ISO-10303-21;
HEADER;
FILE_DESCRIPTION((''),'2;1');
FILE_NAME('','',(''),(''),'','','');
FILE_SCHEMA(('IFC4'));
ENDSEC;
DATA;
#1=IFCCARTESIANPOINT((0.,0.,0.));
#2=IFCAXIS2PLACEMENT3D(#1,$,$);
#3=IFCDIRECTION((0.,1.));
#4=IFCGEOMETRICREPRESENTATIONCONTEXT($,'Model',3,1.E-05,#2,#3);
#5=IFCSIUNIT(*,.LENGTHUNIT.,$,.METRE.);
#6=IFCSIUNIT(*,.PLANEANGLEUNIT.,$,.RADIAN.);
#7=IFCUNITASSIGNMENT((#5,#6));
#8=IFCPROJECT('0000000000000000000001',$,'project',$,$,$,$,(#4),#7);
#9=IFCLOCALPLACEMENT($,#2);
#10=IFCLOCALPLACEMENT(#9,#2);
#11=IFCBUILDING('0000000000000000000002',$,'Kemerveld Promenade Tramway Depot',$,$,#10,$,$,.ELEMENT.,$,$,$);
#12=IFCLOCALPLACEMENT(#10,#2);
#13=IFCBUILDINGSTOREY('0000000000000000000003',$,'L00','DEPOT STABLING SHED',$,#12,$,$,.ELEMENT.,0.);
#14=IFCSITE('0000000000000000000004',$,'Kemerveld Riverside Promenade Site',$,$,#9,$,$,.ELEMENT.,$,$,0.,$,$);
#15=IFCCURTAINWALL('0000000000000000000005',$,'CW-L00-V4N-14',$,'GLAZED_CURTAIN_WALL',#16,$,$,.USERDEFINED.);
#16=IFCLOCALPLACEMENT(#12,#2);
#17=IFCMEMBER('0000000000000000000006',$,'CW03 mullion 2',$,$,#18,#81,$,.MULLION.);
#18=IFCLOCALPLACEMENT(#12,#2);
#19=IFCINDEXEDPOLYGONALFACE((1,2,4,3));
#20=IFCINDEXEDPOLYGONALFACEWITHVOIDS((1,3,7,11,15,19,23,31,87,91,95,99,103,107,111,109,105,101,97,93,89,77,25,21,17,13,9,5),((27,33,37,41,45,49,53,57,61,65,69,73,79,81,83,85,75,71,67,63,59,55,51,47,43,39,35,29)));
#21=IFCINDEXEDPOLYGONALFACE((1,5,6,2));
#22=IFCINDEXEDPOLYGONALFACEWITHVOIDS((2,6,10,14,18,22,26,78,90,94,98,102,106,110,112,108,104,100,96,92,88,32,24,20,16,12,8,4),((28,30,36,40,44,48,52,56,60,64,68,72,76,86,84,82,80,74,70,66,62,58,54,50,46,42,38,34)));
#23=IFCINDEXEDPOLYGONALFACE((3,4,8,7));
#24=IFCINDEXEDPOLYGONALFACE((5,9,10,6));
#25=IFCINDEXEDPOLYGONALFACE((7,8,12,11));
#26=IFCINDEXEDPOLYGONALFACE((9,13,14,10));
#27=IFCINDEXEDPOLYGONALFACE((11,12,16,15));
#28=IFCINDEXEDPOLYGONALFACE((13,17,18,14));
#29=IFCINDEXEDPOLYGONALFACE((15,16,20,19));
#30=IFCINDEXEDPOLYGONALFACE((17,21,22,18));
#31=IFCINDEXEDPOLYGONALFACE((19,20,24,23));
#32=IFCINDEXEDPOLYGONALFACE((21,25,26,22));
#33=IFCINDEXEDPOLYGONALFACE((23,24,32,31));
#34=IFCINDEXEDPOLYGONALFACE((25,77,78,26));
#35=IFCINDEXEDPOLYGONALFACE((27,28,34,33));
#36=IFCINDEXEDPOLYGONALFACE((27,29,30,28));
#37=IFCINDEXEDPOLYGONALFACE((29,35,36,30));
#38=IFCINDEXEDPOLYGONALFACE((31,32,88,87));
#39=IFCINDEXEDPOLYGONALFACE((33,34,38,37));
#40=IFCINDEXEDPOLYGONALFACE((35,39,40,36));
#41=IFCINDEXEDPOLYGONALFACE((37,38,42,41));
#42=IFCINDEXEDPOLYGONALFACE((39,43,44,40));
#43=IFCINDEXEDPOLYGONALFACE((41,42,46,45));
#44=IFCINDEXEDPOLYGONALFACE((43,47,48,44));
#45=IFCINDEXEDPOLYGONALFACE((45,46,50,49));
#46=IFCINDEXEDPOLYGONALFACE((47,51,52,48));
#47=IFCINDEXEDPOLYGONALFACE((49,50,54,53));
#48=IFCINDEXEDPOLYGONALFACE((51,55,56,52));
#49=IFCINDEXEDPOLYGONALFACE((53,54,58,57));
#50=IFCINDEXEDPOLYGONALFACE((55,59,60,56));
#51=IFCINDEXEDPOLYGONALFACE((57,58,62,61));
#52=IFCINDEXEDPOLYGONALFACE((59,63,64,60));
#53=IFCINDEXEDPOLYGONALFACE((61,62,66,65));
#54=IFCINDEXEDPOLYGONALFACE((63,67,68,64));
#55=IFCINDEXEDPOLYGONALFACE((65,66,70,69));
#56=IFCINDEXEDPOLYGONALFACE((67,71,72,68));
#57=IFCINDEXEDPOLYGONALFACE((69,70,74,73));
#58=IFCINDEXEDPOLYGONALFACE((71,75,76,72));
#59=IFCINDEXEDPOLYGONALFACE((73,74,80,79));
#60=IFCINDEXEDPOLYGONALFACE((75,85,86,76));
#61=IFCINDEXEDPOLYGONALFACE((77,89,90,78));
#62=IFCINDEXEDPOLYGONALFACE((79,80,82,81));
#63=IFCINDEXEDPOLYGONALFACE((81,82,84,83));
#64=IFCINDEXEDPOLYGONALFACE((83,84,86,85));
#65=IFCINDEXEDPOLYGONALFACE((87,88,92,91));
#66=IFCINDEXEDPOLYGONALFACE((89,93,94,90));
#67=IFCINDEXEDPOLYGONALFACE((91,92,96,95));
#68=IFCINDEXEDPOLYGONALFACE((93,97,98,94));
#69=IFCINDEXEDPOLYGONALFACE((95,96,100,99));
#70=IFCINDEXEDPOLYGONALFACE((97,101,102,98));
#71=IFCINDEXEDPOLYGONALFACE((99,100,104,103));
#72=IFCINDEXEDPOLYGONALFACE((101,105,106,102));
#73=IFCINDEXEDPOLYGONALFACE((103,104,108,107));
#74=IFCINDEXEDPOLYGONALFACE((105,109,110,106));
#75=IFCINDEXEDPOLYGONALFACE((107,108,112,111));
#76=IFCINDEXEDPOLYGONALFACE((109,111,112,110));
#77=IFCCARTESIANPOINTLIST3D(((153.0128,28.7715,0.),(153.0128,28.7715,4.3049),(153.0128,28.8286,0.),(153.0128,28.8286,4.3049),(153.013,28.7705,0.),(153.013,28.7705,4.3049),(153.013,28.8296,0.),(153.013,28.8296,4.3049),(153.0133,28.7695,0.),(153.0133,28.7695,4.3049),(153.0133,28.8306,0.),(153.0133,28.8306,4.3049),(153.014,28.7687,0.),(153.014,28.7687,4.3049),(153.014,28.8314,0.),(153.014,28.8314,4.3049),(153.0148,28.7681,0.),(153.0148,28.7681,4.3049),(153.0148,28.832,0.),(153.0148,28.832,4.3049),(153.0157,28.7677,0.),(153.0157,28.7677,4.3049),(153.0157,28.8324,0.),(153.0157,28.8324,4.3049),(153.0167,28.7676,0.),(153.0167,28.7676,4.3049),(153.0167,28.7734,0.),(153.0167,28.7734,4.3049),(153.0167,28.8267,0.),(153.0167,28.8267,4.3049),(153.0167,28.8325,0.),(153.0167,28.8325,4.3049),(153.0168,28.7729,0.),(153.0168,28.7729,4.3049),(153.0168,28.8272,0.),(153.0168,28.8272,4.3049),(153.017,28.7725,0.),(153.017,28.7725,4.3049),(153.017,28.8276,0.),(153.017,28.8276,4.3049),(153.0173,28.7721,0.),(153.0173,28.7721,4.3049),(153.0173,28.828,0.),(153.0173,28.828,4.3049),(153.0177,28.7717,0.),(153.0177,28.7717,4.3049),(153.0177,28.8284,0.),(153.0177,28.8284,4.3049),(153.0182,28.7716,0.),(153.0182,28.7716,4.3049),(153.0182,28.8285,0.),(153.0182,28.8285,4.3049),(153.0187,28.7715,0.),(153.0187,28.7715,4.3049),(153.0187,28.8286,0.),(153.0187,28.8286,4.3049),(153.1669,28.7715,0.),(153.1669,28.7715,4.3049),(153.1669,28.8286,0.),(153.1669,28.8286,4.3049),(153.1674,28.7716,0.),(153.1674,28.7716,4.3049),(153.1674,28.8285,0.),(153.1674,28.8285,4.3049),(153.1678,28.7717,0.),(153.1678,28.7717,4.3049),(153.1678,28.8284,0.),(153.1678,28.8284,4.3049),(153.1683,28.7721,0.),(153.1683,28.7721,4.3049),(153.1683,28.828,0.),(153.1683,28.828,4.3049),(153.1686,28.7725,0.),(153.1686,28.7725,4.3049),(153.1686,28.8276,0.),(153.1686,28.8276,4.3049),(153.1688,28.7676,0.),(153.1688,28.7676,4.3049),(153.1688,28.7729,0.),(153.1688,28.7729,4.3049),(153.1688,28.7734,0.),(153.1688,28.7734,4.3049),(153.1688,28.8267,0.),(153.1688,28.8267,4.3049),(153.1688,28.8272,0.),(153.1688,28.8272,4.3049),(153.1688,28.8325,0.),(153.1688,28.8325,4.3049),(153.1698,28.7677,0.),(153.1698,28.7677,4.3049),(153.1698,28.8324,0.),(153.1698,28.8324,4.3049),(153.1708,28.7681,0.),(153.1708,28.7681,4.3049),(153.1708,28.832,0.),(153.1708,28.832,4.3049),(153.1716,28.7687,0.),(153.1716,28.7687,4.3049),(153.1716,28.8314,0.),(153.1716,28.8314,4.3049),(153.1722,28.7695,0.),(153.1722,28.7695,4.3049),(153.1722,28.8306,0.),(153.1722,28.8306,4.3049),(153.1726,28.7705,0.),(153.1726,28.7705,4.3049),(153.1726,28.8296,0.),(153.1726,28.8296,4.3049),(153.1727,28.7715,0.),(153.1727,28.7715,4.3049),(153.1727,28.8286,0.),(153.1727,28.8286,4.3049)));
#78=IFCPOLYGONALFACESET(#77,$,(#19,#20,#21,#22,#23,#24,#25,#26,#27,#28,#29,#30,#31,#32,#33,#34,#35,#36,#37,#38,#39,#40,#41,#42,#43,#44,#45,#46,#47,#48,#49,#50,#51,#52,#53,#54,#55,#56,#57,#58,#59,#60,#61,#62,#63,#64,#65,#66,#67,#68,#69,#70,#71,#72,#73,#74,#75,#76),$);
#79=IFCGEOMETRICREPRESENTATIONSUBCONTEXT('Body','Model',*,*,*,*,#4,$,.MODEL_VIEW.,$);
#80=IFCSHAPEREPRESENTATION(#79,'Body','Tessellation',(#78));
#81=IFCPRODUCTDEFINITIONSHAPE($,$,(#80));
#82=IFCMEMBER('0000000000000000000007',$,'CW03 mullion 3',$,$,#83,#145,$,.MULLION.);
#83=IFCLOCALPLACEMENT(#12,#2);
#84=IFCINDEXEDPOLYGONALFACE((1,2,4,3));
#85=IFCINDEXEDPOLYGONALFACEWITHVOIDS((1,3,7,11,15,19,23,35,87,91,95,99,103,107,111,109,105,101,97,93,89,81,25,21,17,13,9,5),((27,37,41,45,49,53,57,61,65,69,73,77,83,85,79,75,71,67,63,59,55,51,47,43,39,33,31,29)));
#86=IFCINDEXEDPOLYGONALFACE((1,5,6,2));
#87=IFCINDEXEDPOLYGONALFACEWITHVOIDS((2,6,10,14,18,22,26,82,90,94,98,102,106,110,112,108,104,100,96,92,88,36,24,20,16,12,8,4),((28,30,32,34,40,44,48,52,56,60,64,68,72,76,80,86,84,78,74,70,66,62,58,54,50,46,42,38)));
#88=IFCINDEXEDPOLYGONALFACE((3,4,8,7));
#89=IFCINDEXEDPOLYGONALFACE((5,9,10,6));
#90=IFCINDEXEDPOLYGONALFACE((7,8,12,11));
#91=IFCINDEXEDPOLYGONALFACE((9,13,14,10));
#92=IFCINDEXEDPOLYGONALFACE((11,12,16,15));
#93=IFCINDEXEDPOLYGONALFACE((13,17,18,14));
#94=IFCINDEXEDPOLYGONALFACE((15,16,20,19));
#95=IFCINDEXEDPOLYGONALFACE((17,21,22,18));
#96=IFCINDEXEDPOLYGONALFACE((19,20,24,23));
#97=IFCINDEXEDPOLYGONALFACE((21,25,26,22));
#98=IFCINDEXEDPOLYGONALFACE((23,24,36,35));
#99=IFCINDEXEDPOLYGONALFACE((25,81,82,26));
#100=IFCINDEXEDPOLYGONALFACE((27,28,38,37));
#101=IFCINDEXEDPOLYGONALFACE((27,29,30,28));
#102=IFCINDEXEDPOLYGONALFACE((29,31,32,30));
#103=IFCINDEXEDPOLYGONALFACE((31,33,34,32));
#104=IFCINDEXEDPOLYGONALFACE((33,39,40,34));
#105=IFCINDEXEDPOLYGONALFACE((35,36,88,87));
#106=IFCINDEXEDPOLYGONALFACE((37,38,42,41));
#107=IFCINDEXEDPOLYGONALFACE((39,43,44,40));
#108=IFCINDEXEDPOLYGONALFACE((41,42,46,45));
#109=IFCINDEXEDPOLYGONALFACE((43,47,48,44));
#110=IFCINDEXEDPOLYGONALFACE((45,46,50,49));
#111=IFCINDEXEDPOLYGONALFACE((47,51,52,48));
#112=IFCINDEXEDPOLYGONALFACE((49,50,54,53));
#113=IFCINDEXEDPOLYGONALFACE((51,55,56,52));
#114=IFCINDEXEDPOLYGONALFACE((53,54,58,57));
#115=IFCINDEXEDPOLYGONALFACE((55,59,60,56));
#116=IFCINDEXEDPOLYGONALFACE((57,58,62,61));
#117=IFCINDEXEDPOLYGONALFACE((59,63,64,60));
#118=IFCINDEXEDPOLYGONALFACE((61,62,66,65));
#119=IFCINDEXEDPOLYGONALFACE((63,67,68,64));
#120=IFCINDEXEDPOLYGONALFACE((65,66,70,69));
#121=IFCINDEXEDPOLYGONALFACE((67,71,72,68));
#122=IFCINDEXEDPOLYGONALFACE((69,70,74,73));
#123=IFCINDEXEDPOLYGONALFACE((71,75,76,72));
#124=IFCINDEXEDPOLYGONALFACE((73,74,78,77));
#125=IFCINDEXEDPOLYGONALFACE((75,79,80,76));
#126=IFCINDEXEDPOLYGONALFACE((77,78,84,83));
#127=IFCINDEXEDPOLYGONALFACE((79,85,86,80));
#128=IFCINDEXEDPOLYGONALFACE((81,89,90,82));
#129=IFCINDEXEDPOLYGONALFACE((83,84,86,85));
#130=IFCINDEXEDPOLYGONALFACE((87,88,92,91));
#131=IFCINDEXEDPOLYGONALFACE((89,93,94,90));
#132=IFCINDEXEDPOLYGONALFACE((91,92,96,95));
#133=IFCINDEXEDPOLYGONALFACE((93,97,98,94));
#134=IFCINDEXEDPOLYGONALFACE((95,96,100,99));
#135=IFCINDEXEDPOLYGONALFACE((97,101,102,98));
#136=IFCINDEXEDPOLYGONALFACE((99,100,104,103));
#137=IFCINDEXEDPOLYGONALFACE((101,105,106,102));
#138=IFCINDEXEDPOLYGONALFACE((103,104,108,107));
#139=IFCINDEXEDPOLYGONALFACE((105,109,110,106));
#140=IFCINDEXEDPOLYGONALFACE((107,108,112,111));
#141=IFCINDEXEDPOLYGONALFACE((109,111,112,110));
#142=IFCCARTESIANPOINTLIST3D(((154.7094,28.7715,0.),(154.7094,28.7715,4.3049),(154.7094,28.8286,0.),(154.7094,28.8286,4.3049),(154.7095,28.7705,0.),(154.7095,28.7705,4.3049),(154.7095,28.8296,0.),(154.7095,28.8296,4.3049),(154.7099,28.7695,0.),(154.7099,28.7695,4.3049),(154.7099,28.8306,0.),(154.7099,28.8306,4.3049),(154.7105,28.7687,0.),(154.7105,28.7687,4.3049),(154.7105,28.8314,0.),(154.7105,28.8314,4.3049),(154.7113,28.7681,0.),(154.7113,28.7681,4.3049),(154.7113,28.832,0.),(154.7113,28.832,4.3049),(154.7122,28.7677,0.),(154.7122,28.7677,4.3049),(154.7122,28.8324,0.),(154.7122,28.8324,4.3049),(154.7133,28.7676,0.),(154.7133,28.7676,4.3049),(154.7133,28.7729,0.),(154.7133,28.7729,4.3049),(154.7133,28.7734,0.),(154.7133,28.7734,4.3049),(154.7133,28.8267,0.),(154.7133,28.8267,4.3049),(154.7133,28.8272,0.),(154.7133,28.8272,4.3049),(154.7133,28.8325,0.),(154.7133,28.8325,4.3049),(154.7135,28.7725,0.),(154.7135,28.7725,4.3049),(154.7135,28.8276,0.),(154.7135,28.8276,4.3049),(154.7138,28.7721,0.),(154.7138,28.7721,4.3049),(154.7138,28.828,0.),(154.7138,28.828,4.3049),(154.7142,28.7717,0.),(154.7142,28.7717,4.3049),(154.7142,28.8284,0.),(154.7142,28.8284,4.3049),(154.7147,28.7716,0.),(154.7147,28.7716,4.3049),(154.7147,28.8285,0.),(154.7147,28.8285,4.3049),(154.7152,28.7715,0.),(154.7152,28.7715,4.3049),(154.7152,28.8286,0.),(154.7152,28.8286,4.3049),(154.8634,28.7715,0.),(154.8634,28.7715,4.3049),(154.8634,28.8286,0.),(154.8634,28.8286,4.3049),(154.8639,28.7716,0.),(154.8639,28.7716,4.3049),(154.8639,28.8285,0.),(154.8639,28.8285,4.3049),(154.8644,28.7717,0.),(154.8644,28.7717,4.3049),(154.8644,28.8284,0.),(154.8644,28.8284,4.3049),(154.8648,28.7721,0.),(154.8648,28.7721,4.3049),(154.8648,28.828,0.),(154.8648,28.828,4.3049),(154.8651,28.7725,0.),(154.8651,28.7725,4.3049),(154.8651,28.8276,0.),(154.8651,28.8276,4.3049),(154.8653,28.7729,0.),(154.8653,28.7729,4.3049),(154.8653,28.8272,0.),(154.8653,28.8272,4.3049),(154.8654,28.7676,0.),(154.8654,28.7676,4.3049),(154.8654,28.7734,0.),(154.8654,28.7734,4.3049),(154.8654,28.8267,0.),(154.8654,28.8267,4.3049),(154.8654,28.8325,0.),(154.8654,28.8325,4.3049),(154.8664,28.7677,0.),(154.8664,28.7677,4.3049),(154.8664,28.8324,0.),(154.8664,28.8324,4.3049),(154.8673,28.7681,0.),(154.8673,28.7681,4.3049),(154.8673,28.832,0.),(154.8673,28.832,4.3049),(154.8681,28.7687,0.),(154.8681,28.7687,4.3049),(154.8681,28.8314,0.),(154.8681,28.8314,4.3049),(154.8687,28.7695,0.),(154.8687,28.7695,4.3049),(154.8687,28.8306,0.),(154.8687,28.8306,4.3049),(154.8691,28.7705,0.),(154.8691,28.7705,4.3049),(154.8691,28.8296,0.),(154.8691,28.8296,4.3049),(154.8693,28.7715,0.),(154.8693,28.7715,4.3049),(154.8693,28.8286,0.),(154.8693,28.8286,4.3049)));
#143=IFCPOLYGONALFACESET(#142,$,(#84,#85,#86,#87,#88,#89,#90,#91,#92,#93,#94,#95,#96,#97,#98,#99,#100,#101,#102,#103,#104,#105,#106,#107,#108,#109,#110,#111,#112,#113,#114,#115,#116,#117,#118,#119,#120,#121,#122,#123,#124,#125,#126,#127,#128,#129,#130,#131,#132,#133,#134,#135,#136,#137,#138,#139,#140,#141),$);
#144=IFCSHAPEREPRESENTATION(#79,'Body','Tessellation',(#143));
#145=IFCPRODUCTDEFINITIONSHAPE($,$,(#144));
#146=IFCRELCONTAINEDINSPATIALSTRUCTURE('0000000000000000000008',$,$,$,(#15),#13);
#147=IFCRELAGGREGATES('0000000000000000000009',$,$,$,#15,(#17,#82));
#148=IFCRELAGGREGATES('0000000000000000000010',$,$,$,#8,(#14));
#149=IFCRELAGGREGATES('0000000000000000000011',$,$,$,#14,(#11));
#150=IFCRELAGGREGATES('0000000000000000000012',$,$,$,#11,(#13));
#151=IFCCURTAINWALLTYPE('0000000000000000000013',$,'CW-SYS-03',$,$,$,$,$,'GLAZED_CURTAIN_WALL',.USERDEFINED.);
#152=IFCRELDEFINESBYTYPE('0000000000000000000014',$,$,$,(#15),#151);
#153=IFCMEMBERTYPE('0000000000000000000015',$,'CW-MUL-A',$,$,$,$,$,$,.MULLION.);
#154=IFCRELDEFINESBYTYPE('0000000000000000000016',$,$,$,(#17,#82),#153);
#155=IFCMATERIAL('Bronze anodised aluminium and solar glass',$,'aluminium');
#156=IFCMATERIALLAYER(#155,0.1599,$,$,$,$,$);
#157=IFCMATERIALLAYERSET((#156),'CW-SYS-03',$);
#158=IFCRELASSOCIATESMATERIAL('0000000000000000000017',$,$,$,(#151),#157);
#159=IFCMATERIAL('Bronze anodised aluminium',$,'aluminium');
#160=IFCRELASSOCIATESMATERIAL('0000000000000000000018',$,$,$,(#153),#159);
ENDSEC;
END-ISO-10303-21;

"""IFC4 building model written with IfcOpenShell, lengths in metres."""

from ifc_helpers import new_model, si_unit, direction, frame, origin, origin_2d, place, context, subcontext, project, spatial, hollow_rectangle, extrude, material, layer, layer_set, material_profile, profile_set, type_object, element, aggregate, save


model = new_model("IFC4")

# Units and contexts
model_context = context("Model", 3, precision=1e-05, world=origin(), true_north=direction((0.0, 1.0)))
body_context = subcontext(model_context, "Body", "Model", "MODEL_VIEW")
ifc_project = project(units=[si_unit("LENGTHUNIT", "METRE"), si_unit("PLANEANGLEUNIT", "RADIAN")], contexts=[model_context])

# Site, building, storey
site_placement = place(None, origin())
site = spatial("IfcSite", under=ifc_project, at=site_placement, Name="Kemerveld Riverside Promenade Site", CompositionType="ELEMENT", RefElevation=0.0)
building_placement = place(site_placement, origin())
building = spatial("IfcBuilding", under=site, at=building_placement, Name="Kemerveld Promenade Tramway Depot", CompositionType="ELEMENT")
storey_placement = place(building_placement, origin())
storey = spatial("IfcBuildingStorey", under=building, at=storey_placement, Name="L00", Description="DEPOT STABLING SHED", CompositionType="ELEMENT", Elevation=0.0)

# Curtain wall, members
ifc_material_1 = material(Name="Bronze anodised aluminium and solar glass", Category="aluminium")
ifc_layer_1 = layer(ifc_material_1, 0.1599)
ifc_layer_set_1 = layer_set([ifc_layer_1], Name="CW-SYS-03")
curtain_wall_type = type_object("IfcCurtainWallType", Name="CW-SYS-03", ElementType="GLAZED_CURTAIN_WALL", PredefinedType="USERDEFINED", material=ifc_layer_set_1)
curtain_wall_placement = place(storey_placement, origin())
curtain_wall = element("IfcCurtainWall", 1, at=curtain_wall_placement, inside=storey, type_object=curtain_wall_type, Name="CW-L00-V4N-14", ObjectType="GLAZED_CURTAIN_WALL", PredefinedType="USERDEFINED")
ifc_material_2 = material(Name="Bronze anodised aluminium", Category="aluminium")
ifc_material_profile_1 = material_profile(ifc_material_2, hollow_rectangle(XDim=0.0649, YDim=0.1599, WallThickness=0.0039, InnerFilletRadius=0.002, OuterFilletRadius=0.0039, at=origin_2d()), Name="CW-MUL-160x65")
ifc_profile_set_1 = profile_set([ifc_material_profile_1], Name="Bronze anodised aluminium")
member_type_1 = type_object("IfcMemberType", Name="CW-MUL-A", PredefinedType="MULLION", material=ifc_profile_set_1)
member_1_placement = place(storey_placement, frame((153.0928, 28.8, 0.0), z_axis=(0.0, 0.0, 1.0), x_axis=(0.0, 1.0, 0.0)))
member_1 = element("IfcMember", 2, at=member_1_placement, type_object=member_type_1, Name="CW03 mullion 2", PredefinedType="MULLION", context=body_context, shape_type="SweptSolid", body=[
    extrude(hollow_rectangle(XDim=0.0649, YDim=0.1599, WallThickness=0.0039, InnerFilletRadius=0.002, OuterFilletRadius=0.0039, at=origin_2d()), origin(), (0.0, 0.0, 1.0), 4.3049),
])
member_2_placement = place(storey_placement, frame((154.7893, 28.8, 0.0), z_axis=(0.0, 0.0, 1.0), x_axis=(0.0, 1.0, 0.0)))
member_2 = element("IfcMember", 3, at=member_2_placement, type_object=member_type_1, Name="CW03 mullion 3", PredefinedType="MULLION", context=body_context, shape_type="SweptSolid", body=[
    extrude(hollow_rectangle(XDim=0.0649, YDim=0.1599, WallThickness=0.0039, InnerFilletRadius=0.002, OuterFilletRadius=0.0039, at=origin_2d()), origin(), (0.0, 0.0, 1.0), 4.3049),
])
aggregate(curtain_wall, [member_1, member_2])

save(model, "model.ifc")
